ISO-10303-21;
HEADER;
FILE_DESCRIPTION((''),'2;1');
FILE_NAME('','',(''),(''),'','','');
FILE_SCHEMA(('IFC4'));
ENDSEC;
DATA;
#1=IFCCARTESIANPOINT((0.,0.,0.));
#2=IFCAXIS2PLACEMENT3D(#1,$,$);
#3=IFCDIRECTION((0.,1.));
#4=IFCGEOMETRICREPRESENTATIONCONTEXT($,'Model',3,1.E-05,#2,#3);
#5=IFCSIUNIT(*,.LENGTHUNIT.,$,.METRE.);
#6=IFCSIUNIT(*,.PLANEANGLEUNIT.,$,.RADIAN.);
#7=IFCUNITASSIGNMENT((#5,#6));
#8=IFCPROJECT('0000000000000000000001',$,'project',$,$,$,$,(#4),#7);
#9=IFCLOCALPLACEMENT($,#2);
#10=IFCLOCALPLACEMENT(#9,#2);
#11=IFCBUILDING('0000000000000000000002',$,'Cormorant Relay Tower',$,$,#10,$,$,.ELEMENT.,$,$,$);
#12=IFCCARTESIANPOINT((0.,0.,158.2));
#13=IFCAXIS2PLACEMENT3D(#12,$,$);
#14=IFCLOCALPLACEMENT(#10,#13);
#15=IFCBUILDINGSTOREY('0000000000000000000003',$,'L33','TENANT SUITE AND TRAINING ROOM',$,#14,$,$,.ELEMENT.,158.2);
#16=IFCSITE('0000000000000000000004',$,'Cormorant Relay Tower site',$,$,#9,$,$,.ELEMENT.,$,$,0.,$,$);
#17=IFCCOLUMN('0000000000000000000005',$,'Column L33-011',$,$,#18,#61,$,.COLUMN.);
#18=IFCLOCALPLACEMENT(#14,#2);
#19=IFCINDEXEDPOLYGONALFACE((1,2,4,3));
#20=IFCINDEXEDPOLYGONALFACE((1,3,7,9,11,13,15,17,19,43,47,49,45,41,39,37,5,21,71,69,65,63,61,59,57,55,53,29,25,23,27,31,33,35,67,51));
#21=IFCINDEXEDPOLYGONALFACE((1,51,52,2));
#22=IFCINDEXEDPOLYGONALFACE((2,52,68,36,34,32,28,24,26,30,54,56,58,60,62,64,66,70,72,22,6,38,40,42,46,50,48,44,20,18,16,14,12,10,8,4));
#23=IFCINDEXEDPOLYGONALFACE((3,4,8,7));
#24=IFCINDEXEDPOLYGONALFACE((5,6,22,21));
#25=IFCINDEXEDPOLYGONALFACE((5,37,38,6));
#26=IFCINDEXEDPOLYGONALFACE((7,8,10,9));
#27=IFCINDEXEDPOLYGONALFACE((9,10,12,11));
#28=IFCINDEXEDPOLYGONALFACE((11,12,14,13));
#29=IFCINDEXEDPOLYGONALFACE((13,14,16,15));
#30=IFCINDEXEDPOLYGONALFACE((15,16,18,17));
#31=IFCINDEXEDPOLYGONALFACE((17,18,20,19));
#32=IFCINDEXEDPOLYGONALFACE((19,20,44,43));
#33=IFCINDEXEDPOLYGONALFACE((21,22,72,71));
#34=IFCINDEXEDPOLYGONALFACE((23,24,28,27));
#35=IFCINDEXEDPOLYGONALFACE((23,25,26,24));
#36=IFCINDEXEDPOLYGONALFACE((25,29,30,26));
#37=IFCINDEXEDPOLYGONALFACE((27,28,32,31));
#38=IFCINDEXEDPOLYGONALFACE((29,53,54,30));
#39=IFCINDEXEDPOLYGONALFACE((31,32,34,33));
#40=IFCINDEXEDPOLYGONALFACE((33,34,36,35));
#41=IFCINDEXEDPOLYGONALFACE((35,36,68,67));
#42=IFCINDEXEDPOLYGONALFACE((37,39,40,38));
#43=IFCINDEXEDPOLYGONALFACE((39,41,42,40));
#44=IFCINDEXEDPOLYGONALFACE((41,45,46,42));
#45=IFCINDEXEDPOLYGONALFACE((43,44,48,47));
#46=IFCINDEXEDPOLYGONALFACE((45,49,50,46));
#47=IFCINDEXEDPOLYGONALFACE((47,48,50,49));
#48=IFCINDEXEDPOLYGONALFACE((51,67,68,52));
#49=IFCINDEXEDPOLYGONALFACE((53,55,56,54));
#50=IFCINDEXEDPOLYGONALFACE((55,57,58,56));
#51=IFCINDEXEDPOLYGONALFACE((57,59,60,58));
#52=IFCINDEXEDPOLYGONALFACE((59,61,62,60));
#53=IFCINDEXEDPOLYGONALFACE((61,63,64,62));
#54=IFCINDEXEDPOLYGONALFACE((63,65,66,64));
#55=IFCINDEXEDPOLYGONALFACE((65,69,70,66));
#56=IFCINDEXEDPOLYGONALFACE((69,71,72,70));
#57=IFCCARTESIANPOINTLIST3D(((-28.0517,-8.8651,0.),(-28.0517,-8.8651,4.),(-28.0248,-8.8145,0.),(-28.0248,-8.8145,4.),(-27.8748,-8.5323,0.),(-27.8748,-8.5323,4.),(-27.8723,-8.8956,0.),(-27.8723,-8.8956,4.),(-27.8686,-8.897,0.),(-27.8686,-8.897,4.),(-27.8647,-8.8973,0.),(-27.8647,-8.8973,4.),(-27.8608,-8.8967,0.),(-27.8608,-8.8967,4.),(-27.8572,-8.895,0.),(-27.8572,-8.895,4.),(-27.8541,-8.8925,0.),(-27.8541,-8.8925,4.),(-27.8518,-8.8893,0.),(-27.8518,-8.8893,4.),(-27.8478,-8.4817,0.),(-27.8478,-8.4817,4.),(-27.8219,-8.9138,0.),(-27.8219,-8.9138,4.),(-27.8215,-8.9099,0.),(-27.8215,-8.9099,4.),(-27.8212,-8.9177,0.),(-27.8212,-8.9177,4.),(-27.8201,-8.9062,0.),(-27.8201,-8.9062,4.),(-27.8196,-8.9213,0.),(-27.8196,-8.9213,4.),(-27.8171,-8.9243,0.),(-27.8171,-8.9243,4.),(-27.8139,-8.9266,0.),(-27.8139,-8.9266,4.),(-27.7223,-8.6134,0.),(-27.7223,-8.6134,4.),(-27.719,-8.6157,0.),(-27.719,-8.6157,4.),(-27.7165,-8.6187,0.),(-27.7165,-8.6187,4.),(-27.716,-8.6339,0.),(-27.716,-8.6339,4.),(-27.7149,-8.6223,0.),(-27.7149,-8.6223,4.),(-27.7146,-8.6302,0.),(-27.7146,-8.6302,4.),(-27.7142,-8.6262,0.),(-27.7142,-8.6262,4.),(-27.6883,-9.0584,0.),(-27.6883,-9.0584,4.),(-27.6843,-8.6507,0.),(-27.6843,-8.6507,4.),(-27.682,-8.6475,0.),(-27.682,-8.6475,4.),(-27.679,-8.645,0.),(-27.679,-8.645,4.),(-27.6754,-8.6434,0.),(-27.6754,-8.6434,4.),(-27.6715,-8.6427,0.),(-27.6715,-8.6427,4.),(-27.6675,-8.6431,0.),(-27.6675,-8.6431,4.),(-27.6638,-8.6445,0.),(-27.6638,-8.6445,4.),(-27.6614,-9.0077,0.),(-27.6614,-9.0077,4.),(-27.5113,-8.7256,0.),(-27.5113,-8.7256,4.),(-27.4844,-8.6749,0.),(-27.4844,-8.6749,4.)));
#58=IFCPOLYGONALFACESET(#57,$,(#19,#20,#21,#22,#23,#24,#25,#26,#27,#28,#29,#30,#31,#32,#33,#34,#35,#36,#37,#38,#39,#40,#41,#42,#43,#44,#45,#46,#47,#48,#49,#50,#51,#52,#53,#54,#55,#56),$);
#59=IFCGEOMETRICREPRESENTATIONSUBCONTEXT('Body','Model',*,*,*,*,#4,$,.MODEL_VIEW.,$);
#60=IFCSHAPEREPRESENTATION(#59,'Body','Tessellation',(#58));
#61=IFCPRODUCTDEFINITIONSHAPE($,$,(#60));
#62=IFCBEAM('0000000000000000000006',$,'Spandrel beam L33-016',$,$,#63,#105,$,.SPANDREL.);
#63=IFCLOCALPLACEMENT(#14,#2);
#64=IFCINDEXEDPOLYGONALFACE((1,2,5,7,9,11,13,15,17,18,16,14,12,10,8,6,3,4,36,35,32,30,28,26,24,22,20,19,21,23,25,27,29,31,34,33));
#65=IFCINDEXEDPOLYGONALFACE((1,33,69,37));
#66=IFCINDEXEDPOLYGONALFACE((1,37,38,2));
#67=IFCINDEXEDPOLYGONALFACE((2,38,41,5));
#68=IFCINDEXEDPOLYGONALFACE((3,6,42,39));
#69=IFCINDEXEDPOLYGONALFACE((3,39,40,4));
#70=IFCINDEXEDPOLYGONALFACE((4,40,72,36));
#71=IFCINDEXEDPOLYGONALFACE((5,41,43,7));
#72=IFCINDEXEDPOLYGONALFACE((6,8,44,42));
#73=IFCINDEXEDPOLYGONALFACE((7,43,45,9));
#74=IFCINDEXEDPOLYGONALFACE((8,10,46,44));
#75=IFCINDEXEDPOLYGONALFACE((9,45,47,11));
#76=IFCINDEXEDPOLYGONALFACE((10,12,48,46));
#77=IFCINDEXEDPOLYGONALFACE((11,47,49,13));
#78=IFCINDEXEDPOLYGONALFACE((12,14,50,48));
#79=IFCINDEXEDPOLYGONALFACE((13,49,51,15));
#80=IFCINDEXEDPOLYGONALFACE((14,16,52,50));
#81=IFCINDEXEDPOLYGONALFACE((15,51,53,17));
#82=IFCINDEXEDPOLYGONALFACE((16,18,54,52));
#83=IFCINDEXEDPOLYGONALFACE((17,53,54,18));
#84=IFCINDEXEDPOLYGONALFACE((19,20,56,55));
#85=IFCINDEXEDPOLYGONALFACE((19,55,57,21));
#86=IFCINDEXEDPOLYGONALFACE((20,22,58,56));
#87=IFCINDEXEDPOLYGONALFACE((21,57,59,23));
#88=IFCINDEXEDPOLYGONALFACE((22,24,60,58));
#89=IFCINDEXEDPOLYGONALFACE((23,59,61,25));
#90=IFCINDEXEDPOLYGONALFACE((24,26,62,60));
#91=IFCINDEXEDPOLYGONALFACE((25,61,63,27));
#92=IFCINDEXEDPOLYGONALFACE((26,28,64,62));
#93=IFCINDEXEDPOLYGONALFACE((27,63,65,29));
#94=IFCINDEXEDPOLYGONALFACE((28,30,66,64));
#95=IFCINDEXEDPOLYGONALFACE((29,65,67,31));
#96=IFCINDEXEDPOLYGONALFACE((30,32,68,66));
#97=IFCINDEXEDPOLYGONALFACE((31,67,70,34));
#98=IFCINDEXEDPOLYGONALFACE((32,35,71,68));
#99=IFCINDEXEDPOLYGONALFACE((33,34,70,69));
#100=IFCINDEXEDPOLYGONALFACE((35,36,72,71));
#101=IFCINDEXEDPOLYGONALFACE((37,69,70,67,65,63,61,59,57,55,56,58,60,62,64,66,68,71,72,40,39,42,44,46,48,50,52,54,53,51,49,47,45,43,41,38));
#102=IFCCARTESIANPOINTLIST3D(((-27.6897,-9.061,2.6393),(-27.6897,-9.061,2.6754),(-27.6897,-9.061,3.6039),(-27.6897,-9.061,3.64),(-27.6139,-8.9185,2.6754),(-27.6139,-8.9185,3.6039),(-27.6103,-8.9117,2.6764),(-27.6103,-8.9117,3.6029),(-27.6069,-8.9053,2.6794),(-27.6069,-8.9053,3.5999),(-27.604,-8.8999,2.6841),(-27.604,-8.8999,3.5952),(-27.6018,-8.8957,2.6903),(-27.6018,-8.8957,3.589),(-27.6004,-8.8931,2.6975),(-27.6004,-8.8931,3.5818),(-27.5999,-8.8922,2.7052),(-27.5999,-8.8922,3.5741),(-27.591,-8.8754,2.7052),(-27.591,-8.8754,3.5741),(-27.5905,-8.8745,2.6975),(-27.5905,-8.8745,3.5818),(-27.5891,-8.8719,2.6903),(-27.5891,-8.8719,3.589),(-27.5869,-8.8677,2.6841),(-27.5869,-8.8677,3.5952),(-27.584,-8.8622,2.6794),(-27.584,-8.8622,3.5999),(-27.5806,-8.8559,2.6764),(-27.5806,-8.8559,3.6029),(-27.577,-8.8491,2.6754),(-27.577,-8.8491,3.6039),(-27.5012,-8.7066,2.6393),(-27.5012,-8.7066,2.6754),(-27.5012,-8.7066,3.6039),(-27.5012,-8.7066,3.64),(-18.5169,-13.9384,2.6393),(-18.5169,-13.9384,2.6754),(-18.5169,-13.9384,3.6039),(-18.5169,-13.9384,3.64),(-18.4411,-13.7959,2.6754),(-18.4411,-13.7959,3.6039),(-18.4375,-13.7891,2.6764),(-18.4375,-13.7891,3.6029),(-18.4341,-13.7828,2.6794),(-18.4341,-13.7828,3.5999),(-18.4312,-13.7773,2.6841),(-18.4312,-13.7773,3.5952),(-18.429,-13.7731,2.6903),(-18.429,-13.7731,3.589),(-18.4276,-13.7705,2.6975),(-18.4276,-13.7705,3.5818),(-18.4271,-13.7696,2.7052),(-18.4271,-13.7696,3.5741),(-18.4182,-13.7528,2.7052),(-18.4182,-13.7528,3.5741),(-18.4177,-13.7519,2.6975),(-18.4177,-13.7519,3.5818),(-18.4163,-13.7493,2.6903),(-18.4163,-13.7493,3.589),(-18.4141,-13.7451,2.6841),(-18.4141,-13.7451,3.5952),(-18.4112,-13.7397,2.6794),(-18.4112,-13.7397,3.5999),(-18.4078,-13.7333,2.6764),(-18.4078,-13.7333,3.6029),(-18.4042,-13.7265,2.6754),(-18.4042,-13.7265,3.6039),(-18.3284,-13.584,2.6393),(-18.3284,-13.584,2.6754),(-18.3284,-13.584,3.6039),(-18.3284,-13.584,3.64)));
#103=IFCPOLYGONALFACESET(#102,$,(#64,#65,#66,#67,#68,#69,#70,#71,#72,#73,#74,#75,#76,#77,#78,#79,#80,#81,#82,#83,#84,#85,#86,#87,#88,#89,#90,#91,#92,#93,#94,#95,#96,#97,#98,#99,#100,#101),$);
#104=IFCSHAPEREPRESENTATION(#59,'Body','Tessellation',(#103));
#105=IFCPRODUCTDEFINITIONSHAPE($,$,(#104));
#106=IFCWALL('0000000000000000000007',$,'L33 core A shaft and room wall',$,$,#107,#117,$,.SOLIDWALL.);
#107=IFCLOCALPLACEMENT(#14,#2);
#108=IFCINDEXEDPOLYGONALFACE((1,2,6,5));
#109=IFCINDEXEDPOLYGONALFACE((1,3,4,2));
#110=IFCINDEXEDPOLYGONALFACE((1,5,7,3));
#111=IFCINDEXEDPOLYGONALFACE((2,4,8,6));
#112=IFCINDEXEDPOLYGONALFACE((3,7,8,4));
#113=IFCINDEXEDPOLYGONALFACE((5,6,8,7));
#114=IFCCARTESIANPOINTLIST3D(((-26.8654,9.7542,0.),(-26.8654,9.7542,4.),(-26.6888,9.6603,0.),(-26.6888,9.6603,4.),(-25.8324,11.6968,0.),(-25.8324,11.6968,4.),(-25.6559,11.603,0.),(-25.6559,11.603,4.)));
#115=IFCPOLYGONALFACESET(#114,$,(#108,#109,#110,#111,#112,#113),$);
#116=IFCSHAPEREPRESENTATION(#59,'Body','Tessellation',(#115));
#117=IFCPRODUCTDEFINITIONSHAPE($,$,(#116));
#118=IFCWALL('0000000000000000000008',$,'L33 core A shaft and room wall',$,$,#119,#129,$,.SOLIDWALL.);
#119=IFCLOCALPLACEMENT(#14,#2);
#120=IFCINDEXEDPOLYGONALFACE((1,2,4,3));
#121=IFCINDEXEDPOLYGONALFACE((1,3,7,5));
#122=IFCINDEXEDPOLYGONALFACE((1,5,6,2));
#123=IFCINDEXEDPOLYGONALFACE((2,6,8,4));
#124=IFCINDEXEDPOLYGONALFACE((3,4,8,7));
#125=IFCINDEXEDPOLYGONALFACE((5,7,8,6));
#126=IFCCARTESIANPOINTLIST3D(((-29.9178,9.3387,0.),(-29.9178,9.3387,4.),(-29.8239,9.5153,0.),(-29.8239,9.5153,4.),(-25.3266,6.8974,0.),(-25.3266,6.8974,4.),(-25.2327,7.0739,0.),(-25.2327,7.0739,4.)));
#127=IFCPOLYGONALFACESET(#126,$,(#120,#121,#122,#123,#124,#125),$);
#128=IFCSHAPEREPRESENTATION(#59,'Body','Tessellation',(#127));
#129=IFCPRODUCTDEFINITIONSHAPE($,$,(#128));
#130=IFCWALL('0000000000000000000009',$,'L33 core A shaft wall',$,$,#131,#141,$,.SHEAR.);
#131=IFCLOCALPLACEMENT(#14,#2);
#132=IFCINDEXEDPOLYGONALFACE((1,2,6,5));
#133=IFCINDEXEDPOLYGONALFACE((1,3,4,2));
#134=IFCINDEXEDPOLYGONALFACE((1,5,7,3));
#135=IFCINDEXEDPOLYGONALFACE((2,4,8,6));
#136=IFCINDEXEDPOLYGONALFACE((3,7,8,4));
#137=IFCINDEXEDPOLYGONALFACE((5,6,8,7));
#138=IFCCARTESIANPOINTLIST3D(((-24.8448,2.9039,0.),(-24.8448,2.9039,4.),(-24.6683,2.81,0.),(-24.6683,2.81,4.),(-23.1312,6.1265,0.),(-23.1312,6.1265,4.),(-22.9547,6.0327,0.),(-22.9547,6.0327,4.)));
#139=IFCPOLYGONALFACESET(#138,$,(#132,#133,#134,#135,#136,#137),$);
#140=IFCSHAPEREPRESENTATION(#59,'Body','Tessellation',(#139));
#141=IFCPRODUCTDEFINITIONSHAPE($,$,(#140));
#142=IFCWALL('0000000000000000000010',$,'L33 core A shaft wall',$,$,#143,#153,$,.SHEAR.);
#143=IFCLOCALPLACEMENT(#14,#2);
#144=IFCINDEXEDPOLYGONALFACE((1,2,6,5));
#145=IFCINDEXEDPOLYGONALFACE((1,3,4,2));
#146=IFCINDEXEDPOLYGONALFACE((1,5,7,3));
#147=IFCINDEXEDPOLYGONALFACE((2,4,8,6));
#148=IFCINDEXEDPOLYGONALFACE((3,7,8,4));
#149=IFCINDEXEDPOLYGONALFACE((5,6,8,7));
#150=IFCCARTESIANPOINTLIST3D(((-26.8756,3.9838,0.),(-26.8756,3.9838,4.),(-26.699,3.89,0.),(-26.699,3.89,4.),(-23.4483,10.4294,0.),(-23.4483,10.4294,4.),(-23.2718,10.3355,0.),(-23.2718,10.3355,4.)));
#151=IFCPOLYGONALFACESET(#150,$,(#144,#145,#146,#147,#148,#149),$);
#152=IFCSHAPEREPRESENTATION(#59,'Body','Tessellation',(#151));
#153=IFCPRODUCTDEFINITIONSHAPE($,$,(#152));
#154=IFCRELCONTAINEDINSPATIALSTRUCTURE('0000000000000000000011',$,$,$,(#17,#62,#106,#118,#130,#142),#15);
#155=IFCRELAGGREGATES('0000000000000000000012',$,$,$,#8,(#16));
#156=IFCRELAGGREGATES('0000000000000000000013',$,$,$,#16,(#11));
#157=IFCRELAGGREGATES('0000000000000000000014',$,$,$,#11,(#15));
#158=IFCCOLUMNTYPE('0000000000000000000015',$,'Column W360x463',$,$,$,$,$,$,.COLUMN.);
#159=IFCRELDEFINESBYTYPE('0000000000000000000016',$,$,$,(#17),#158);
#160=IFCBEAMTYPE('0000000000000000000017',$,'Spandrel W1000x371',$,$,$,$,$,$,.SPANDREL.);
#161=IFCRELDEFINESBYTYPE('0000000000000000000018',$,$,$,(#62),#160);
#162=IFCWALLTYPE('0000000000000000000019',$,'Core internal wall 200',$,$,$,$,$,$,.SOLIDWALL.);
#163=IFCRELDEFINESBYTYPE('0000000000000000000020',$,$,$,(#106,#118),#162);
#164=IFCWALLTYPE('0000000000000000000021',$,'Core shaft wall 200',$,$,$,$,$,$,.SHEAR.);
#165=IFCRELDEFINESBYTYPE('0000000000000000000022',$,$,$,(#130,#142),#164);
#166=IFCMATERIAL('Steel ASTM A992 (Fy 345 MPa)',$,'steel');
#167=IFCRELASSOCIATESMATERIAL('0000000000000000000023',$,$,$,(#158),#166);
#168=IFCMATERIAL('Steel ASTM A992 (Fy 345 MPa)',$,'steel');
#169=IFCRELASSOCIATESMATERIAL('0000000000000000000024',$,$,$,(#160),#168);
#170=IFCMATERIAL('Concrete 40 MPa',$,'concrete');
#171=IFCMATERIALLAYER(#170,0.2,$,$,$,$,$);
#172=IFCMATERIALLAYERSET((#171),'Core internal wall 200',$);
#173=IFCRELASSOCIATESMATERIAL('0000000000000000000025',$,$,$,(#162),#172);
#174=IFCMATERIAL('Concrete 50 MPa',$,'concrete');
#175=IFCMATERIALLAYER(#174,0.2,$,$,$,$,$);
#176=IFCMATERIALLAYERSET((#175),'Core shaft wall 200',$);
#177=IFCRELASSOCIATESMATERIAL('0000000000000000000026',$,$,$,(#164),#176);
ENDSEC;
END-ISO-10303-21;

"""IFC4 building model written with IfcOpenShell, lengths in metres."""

from ifc_helpers import new_model, si_unit, direction, frame, frame_2d, origin, origin_2d, place, context, subcontext, project, spatial, rectangle, i_section, extrude, material, layer, layer_set, material_profile, profile_set, type_object, element, save


model = new_model("IFC4")

# Units and contexts
model_context = context("Model", 3, precision=1e-05, world=origin(), true_north=direction((0.0, 1.0)))
body_context = subcontext(model_context, "Body", "Model", "MODEL_VIEW")
ifc_project = project(units=[si_unit("LENGTHUNIT", "METRE"), si_unit("PLANEANGLEUNIT", "RADIAN")], contexts=[model_context])

# Site, building, storey
site_placement = place(None, origin())
site = spatial("IfcSite", under=ifc_project, at=site_placement, Name="Cormorant Relay Tower site", CompositionType="ELEMENT", RefElevation=0.0)
building_placement = place(site_placement, origin())
building = spatial("IfcBuilding", under=site, at=building_placement, Name="Cormorant Relay Tower", CompositionType="ELEMENT")
storey_placement = place(building_placement, frame((0.0, 0.0, 158.2)))
storey = spatial("IfcBuildingStorey", under=building, at=storey_placement, Name="L33", Description="TENANT SUITE AND TRAINING ROOM", CompositionType="ELEMENT", Elevation=158.2)

# Column
ifc_material_1 = material(Name="Steel ASTM A992 (Fy 345 MPa)", Category="steel")
ifc_material_profile_1 = material_profile(ifc_material_1, i_section(OverallWidth=0.4116, OverallDepth=0.4343, WebThickness=0.0359, FlangeThickness=0.0574, FilletRadius=0.0151, at=origin_2d()), Name="W360x463")
ifc_profile_set_1 = profile_set([ifc_material_profile_1], Name="Steel ASTM A992 (Fy 345 MPa)")
column_type = type_object("IfcColumnType", Name="Column W360x463", PredefinedType="COLUMN", material=ifc_profile_set_1)
column_placement = place(storey_placement, frame((-27.7681, -8.77, 0.0), z_axis=(0.0, 0.0, 1.0), x_axis=(0.882948, -0.469472, 0.0)))
element("IfcColumn", 1, at=column_placement, inside=storey, type_object=column_type, Name="Column L33-011", PredefinedType="COLUMN", context=body_context, shape_type="SweptSolid", body=[
    extrude(i_section(OverallWidth=0.4116, OverallDepth=0.4343, WebThickness=0.0359, FlangeThickness=0.0574, FilletRadius=0.0151, at=origin_2d()), origin(), (0.0, 0.0, 1.0), 4.0),
])

# Beam
ifc_material_2 = material(Name="Steel ASTM A992 (Fy 345 MPa)", Category="steel")
ifc_material_profile_2 = material_profile(ifc_material_2, i_section(OverallWidth=0.4014, OverallDepth=1.0007, WebThickness=0.019, FlangeThickness=0.0361, FilletRadius=0.0298, at=origin_2d()), Name="W1000x371")
ifc_profile_set_2 = profile_set([ifc_material_profile_2], Name="Steel ASTM A992 (Fy 345 MPa)")
beam_type = type_object("IfcBeamType", Name="Spandrel W1000x371", PredefinedType="SPANDREL", material=ifc_profile_set_2)
beam_placement = place(storey_placement, frame((-27.5955, -8.8838, 3.1396), z_axis=(0.882942, -0.469483, 0.0), x_axis=(0.469483, 0.882942, 0.0)))
element("IfcBeam", 2, at=beam_placement, inside=storey, type_object=beam_type, Name="Spandrel beam L33-016", PredefinedType="SPANDREL", context=body_context, shape_type="SweptSolid", body=[
    extrude(i_section(OverallWidth=0.4014, OverallDepth=1.0007, WebThickness=0.019, FlangeThickness=0.0361, FilletRadius=0.0298, at=origin_2d()), origin(), (0.0, 0.0, 1.0), 10.3889),
])

# Walls
ifc_material_3 = material(Name="Concrete 40 MPa", Category="concrete")
ifc_layer_1 = layer(ifc_material_3, 0.2)
ifc_layer_set_1 = layer_set([ifc_layer_1], Name="Core internal wall 200")
wall_type_1 = type_object("IfcWallType", Name="Core internal wall 200", PredefinedType="SOLIDWALL", material=ifc_layer_set_1)
wall_1_placement = place(storey_placement, frame((-25.7441, 11.6499, 0.0), z_axis=(0.0, 0.0, 1.0), x_axis=(-0.469488, -0.882939, 0.0)))
element("IfcWall", 3, at=wall_1_placement, inside=storey, type_object=wall_type_1, Name="L33 core A shaft and room wall", PredefinedType="SOLIDWALL", context=body_context, shape_type="SweptSolid", body=[
    extrude(rectangle(XDim=2.2002, YDim=0.2, at=frame_2d((1.1001, 0.0))), origin(), (0.0, 0.0, 1.0), 4.0),
])
wall_2_placement = place(storey_placement, frame((-25.2795, 6.9856, 0.0), z_axis=(0.0, 0.0, 1.0), x_axis=(-0.882935, 0.469496, 0.0)))
element("IfcWall", 4, at=wall_2_placement, inside=storey, type_object=wall_type_1, Name="L33 core A shaft and room wall", PredefinedType="SOLIDWALL", context=body_context, shape_type="SweptSolid", body=[
    extrude(rectangle(XDim=5.2, YDim=0.2, at=frame_2d((2.6001, 0.0))), origin(), (0.0, 0.0, 1.0), 4.0),
])
ifc_material_4 = material(Name="Concrete 50 MPa", Category="concrete")
ifc_layer_2 = layer(ifc_material_4, 0.2)
ifc_layer_set_2 = layer_set([ifc_layer_2], Name="Core shaft wall 200")
wall_type_2 = type_object("IfcWallType", Name="Core shaft wall 200", PredefinedType="SHEAR", material=ifc_layer_set_2)
wall_3_placement = place(storey_placement, frame((-23.043, 6.0796, 0.0), z_axis=(0.0, 0.0, 1.0), x_axis=(-0.469494, -0.882936, 0.0)))
element("IfcWall", 5, at=wall_3_placement, inside=storey, type_object=wall_type_2, Name="L33 core A shaft wall", PredefinedType="SHEAR", context=body_context, shape_type="SweptSolid", body=[
    extrude(rectangle(XDim=3.6499, YDim=0.2, at=frame_2d((1.825, 0.0))), origin(), (0.0, 0.0, 1.0), 4.0),
])
wall_4_placement = place(storey_placement, frame((-23.3601, 10.3823, 0.0), z_axis=(0.0, 0.0, 1.0), x_axis=(-0.46948, -0.882943, 0.0)))
element("IfcWall", 6, at=wall_4_placement, inside=storey, type_object=wall_type_2, Name="L33 core A shaft wall", PredefinedType="SHEAR", context=body_context, shape_type="SweptSolid", body=[
    extrude(rectangle(XDim=7.3, YDim=0.2, at=frame_2d((3.6499, 0.0))), origin(), (0.0, 0.0, 1.0), 4.0),
])

save(model, "model.ifc")
